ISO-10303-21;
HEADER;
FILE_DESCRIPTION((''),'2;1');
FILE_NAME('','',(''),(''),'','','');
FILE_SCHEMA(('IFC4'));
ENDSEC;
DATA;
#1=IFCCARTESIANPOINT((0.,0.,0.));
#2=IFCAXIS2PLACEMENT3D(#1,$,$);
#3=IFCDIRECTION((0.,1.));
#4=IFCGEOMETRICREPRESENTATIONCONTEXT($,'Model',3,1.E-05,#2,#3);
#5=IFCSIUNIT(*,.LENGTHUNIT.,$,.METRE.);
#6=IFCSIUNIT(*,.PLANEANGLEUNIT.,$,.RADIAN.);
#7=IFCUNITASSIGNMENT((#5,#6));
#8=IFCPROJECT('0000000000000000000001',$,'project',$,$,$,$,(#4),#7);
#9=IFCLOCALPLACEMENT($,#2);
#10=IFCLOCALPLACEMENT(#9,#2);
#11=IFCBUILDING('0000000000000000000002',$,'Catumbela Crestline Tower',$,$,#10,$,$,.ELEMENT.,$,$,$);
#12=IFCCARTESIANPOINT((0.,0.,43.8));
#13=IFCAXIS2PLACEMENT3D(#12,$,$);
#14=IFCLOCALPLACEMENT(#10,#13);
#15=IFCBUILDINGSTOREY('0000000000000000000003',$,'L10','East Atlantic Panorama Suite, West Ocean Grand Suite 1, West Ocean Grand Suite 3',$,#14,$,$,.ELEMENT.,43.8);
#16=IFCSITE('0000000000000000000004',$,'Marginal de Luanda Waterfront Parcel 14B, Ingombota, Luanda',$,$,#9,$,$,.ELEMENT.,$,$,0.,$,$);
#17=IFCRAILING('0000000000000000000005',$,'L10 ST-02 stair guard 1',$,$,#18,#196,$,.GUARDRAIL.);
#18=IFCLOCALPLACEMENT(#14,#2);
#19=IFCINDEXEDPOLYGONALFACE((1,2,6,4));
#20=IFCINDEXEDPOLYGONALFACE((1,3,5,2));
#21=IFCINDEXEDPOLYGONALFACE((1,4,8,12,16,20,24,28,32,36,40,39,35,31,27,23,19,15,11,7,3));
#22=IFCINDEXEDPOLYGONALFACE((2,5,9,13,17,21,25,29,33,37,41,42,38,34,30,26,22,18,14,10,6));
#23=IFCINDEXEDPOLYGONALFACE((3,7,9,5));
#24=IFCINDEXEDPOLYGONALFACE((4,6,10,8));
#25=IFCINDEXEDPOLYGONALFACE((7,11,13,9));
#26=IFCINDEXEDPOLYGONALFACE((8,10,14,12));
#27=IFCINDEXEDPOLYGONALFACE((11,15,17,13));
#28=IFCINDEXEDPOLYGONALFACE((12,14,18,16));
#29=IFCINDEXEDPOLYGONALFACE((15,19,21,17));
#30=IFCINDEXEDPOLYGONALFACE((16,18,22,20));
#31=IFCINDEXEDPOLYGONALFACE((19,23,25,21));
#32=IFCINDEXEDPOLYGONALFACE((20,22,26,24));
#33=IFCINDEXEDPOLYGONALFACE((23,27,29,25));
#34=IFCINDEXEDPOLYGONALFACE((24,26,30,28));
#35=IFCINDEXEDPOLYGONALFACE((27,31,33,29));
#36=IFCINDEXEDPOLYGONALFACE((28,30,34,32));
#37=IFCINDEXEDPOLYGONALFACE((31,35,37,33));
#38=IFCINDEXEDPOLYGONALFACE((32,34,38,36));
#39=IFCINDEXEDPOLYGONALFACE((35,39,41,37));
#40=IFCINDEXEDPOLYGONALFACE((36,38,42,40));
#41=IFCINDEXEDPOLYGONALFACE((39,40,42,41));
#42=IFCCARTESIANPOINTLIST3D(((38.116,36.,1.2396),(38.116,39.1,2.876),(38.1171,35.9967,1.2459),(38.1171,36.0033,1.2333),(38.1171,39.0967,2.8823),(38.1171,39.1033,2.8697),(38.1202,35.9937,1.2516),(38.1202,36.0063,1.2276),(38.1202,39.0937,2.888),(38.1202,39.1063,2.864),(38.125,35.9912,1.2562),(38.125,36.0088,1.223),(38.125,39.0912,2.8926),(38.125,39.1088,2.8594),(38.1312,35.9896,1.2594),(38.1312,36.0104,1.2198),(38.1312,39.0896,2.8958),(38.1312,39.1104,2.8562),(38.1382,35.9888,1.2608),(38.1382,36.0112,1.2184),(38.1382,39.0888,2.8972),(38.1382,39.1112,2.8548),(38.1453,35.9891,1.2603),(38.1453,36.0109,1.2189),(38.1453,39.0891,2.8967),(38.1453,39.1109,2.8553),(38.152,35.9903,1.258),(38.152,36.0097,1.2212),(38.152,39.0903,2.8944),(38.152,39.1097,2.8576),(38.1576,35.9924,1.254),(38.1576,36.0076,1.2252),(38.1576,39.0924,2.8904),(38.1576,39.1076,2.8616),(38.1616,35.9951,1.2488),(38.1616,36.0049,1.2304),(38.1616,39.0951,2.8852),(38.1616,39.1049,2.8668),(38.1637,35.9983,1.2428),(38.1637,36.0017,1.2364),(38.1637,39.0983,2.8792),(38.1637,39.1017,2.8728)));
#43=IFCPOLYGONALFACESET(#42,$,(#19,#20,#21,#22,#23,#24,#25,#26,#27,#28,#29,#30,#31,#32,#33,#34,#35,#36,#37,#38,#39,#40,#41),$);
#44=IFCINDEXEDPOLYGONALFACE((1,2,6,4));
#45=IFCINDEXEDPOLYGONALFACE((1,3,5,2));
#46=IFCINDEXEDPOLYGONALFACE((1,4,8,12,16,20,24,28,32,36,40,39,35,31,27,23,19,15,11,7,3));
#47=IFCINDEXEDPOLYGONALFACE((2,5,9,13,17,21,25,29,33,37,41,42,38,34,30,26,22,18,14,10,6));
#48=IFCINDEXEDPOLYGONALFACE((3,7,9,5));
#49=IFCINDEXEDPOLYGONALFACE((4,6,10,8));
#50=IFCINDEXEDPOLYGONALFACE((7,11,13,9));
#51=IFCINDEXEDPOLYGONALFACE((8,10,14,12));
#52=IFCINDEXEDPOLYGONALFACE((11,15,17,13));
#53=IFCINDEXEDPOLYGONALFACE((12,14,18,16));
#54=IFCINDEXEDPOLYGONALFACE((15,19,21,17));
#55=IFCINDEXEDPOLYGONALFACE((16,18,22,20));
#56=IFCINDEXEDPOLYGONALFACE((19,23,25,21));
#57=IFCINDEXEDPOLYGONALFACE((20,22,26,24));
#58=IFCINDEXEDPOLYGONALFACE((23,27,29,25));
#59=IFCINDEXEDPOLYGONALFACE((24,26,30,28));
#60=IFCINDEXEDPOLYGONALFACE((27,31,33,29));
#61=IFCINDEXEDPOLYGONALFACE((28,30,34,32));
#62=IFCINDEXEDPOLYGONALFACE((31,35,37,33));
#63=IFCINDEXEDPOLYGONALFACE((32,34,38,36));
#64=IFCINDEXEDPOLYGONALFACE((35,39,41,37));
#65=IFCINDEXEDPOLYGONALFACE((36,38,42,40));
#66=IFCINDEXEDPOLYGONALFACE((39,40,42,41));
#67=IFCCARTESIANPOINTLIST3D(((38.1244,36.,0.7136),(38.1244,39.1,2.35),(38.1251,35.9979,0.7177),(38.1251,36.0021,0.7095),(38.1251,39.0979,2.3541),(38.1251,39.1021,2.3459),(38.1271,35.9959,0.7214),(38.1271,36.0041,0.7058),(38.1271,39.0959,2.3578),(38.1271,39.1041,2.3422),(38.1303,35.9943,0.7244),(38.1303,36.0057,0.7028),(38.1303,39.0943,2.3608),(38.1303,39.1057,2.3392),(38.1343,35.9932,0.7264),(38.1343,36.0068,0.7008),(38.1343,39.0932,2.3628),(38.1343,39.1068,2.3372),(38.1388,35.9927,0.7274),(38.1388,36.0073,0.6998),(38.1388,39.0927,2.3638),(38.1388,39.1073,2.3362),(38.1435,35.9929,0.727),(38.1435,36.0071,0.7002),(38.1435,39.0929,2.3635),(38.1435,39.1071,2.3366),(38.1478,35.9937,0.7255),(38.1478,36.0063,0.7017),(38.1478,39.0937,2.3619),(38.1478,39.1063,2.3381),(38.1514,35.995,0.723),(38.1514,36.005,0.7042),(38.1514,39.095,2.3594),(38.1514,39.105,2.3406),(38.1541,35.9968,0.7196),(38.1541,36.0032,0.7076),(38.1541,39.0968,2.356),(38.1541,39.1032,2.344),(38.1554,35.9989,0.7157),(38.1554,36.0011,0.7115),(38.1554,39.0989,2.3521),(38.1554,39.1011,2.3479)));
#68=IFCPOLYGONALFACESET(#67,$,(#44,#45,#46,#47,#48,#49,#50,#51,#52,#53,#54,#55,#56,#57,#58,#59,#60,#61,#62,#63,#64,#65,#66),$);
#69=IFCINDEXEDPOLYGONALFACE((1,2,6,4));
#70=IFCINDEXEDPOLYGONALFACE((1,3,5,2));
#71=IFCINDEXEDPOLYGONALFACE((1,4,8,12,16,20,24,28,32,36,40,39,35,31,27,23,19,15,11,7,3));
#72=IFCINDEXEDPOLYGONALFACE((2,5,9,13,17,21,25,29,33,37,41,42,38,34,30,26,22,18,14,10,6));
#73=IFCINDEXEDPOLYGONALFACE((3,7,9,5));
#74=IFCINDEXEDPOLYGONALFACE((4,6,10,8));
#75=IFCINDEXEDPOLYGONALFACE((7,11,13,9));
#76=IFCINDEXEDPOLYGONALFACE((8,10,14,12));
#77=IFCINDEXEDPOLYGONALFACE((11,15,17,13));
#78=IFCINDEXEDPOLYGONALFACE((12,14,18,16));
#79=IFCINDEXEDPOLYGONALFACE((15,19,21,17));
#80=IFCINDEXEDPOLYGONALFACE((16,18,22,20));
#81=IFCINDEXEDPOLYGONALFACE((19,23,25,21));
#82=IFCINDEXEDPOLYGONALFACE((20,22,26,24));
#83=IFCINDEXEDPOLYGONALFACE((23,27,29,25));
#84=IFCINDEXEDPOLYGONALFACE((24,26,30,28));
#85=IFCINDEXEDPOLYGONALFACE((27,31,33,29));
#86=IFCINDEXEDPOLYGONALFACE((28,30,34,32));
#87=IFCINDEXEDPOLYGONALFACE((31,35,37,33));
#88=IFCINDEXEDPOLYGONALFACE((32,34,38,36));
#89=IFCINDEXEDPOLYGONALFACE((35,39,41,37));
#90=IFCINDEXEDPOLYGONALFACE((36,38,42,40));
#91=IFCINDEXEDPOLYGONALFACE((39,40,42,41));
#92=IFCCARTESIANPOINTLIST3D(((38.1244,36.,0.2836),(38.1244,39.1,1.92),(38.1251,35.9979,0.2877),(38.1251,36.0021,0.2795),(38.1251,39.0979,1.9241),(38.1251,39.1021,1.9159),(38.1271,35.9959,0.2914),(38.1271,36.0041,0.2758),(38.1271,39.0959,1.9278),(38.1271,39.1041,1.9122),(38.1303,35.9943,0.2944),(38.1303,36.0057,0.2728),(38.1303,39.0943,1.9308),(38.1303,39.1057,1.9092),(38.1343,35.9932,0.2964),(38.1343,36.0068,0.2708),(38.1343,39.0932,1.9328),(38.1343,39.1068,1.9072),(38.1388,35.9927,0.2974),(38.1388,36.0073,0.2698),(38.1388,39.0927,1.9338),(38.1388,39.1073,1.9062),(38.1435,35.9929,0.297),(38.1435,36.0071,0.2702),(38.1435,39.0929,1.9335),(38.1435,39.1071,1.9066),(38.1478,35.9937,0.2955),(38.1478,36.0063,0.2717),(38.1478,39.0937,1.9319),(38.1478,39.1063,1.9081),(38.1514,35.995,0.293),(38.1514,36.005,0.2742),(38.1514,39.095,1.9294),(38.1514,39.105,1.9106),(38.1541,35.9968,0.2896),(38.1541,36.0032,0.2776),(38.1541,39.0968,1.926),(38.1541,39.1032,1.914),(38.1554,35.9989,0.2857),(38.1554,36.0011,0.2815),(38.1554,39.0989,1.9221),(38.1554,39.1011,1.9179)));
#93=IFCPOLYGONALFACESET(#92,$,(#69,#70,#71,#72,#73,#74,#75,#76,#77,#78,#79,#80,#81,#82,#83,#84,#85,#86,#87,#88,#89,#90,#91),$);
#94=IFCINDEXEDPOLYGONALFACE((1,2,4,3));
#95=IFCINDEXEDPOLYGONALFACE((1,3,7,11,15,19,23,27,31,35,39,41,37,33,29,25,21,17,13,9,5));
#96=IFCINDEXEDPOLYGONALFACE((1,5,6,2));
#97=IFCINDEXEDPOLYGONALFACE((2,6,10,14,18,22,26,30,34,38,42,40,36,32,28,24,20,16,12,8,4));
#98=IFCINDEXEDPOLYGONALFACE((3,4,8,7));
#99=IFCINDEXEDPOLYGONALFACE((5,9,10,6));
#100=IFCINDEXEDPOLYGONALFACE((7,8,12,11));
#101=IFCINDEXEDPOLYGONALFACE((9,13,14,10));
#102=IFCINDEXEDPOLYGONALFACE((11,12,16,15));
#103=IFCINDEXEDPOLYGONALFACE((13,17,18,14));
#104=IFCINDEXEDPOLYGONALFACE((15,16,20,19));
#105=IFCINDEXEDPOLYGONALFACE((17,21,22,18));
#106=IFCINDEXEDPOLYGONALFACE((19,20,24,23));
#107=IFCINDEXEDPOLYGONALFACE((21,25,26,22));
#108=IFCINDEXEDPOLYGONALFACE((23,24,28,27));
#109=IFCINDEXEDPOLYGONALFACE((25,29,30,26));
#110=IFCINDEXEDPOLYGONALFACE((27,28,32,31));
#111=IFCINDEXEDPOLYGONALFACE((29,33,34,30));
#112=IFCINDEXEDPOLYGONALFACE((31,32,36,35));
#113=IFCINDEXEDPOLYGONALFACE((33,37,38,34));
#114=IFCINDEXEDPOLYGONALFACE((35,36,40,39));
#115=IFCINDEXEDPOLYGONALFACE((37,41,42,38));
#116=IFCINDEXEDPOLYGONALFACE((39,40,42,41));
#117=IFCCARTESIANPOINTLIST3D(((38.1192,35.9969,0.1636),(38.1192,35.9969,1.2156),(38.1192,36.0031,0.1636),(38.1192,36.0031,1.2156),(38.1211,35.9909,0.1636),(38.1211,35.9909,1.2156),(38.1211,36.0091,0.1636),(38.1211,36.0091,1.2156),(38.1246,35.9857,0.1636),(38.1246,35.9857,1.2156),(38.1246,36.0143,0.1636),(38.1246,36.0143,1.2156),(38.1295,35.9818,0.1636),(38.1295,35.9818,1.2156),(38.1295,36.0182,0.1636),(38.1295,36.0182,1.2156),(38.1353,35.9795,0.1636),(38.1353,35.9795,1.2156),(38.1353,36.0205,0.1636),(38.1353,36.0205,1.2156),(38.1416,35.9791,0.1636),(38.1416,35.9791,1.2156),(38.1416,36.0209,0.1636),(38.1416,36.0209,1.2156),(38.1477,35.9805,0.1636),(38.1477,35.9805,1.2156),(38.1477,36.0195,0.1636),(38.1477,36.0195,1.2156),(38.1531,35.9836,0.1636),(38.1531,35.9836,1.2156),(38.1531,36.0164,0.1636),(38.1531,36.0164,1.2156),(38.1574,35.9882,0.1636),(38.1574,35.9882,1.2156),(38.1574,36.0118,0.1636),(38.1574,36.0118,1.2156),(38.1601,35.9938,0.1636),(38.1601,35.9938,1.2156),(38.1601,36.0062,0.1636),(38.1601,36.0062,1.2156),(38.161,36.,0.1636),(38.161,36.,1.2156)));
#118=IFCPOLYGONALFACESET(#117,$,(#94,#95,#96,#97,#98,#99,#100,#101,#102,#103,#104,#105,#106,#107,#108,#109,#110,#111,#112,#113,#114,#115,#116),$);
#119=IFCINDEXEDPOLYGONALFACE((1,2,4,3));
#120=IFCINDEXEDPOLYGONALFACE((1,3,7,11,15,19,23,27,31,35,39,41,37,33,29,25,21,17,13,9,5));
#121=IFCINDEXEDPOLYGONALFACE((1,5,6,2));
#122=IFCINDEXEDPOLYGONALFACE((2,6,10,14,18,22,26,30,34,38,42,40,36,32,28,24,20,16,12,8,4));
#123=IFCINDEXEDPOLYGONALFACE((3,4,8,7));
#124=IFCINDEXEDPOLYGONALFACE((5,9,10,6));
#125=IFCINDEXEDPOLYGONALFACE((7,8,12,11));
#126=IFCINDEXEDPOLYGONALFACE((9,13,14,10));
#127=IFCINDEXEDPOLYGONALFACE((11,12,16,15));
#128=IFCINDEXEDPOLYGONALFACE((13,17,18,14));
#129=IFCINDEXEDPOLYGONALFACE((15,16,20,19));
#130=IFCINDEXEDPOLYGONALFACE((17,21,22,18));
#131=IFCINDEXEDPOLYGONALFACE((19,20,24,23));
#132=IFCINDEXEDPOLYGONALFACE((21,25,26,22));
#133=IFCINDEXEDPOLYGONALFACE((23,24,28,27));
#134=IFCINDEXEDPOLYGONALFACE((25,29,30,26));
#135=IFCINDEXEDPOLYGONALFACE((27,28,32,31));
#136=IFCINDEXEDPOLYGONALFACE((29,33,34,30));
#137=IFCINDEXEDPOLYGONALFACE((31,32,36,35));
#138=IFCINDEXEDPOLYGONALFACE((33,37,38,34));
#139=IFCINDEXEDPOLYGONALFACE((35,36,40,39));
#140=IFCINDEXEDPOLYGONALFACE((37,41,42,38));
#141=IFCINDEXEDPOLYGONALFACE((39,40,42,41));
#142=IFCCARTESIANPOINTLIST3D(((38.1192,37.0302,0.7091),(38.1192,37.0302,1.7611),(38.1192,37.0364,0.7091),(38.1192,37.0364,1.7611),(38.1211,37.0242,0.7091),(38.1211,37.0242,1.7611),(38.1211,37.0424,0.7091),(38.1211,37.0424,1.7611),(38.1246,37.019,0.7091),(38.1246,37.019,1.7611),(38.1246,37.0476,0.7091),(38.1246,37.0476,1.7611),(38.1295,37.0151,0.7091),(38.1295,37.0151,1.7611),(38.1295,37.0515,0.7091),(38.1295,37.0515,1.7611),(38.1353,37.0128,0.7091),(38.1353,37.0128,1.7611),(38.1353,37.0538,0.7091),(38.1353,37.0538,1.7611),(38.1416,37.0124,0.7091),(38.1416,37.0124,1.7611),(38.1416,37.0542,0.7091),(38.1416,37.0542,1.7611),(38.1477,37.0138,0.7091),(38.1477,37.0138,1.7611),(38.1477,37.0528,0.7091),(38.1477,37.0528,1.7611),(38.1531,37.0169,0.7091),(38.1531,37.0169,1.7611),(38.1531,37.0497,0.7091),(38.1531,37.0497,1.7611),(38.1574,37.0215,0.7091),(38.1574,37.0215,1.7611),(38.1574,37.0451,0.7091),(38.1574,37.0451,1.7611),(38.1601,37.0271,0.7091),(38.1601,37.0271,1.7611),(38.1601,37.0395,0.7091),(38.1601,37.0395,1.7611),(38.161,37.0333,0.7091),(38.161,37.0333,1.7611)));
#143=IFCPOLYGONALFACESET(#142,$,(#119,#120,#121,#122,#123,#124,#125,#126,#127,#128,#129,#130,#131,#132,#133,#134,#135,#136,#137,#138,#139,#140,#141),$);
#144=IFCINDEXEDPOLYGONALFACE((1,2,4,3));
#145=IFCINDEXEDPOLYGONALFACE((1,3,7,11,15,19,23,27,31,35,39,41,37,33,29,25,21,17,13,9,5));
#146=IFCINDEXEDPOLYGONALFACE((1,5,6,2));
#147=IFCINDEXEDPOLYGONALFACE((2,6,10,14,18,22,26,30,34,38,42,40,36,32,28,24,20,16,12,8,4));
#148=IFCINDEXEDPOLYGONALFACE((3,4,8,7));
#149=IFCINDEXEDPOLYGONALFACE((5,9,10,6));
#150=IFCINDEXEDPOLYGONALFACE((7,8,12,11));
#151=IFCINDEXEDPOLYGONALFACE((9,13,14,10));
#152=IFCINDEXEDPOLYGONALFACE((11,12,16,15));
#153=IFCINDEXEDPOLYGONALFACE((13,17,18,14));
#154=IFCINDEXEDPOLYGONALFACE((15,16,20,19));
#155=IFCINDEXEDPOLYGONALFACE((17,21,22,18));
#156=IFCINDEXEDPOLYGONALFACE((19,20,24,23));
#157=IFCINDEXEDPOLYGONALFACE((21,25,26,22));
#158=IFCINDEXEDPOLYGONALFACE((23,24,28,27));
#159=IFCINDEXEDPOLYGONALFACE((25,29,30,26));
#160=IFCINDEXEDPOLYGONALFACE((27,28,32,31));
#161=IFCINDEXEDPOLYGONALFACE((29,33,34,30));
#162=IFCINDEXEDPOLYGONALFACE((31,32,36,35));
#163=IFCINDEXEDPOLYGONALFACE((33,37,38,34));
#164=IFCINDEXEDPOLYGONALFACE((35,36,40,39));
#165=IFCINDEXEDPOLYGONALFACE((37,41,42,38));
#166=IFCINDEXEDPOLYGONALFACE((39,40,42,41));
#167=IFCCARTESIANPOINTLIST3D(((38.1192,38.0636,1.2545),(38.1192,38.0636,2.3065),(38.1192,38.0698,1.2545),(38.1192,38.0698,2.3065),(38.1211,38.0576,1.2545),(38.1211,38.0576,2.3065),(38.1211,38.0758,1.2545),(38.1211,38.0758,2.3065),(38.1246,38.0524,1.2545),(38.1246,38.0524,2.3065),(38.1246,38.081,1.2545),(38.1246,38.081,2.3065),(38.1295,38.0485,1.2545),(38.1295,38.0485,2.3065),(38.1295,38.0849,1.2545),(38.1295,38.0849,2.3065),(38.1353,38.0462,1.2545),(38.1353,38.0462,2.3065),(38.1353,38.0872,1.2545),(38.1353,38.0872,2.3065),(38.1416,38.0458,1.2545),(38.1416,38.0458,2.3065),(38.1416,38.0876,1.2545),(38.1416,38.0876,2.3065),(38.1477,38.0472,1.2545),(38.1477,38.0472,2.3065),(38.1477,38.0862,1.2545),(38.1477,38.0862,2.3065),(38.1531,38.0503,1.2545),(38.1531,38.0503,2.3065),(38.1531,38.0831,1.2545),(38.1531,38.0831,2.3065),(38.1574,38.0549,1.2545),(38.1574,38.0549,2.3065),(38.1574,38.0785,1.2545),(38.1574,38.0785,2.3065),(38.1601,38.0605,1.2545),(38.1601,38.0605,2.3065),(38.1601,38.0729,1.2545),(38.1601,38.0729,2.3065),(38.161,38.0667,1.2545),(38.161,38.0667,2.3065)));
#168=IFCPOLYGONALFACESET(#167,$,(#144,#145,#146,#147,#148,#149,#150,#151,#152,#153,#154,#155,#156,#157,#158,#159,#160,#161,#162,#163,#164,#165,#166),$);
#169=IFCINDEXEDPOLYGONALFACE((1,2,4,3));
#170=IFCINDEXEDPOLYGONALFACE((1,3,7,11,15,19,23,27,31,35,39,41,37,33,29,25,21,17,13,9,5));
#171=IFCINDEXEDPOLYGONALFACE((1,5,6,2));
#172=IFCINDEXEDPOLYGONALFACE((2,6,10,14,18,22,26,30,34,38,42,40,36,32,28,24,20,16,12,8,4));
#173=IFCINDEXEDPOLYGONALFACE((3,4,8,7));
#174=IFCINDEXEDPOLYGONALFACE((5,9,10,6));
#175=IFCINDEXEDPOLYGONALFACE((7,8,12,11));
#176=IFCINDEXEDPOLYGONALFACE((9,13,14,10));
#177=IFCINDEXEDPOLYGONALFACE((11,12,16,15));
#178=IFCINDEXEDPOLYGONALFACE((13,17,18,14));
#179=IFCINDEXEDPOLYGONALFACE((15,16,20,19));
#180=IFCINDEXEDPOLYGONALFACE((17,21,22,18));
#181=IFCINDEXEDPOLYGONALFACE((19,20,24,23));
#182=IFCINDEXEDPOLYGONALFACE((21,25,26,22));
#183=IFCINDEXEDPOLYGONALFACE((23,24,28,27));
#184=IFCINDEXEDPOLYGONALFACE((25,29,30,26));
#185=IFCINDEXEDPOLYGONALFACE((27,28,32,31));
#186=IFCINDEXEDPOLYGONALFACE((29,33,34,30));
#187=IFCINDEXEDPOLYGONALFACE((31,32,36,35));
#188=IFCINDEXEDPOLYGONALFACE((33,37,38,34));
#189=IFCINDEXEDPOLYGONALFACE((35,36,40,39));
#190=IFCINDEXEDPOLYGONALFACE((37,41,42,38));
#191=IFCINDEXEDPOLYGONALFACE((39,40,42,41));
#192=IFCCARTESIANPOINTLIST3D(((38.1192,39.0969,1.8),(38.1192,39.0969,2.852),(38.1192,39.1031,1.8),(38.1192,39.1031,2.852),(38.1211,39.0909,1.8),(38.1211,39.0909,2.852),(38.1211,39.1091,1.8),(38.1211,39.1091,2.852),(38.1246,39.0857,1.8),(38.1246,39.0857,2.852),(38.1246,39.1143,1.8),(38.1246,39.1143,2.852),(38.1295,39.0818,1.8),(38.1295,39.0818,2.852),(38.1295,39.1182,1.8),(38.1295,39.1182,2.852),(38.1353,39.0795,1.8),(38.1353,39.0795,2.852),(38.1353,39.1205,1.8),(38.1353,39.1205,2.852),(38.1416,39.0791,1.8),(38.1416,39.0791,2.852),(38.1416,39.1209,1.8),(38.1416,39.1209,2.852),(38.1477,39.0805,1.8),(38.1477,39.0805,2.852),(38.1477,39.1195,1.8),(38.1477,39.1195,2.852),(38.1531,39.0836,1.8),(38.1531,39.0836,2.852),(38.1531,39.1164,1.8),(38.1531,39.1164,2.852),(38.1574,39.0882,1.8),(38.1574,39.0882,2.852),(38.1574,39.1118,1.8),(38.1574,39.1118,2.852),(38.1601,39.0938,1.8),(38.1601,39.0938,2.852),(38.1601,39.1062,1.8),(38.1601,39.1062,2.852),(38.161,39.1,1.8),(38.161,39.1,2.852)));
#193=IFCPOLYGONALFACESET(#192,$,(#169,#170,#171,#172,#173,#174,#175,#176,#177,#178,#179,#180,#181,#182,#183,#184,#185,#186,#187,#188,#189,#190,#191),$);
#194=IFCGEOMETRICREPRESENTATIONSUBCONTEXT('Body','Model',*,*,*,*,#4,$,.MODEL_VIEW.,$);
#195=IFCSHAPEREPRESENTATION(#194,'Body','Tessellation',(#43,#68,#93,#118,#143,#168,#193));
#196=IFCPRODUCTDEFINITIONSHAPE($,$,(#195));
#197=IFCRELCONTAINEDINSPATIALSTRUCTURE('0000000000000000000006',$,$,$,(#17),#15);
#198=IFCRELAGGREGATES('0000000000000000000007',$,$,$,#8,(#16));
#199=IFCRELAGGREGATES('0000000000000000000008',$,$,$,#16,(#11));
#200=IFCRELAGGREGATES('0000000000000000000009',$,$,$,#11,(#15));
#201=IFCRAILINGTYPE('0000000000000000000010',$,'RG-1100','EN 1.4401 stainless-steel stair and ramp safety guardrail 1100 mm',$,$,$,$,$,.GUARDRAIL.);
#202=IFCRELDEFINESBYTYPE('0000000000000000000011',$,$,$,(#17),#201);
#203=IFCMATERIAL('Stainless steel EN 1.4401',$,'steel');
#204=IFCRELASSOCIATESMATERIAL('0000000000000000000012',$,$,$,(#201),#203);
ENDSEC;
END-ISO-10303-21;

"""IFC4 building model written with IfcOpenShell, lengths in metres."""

from ifc_helpers import new_model, si_unit, direction, frame, origin, origin_2d, place, context, subcontext, project, spatial, circle, extrude, material, type_object, element, save


model = new_model("IFC4")

# Units and contexts
model_context = context("Model", 3, precision=1e-05, world=origin(), true_north=direction((0.0, 1.0)))
body_context = subcontext(model_context, "Body", "Model", "MODEL_VIEW")
ifc_project = project(units=[si_unit("LENGTHUNIT", "METRE"), si_unit("PLANEANGLEUNIT", "RADIAN")], contexts=[model_context])

# Site, building, storey
site_placement = place(None, origin())
site = spatial("IfcSite", under=ifc_project, at=site_placement, Name="Marginal de Luanda Waterfront Parcel 14B, Ingombota, Luanda", CompositionType="ELEMENT", RefElevation=0.0)
building_placement = place(site_placement, origin())
building = spatial("IfcBuilding", under=site, at=building_placement, Name="Catumbela Crestline Tower", CompositionType="ELEMENT")
storey_placement = place(building_placement, frame((0.0, 0.0, 43.8)))
storey = spatial("IfcBuildingStorey", under=building, at=storey_placement, Name="L10", Description="East Atlantic Panorama Suite, West Ocean Grand Suite 1, West Ocean Grand Suite 3", CompositionType="ELEMENT", Elevation=43.8)

# Shared definitions
ifc_material_1 = material(Name="Stainless steel EN 1.4401", Category="steel")

# Railing
railing_type_1 = type_object("IfcRailingType", Name="RG-1100", Description="EN 1.4401 stainless-steel stair and ramp safety guardrail 1100 mm", PredefinedType="GUARDRAIL", material=ifc_material_1)
railing_1_placement = place(storey_placement, frame((38.14, 36.0, 0.1636)))
element("IfcRailing", 1, at=railing_1_placement, inside=storey, type_object=railing_type_1, Name="L10 ST-02 stair guard 1", PredefinedType="GUARDRAIL", context=body_context, shape_type="SweptSolid", body=[
    extrude(circle(Radius=0.024, at=origin_2d()), frame((0.0, 0.0, 1.076), z_axis=(0.0, 0.884351, 0.466823), x_axis=(-1.0, 0.0, 0.0)), (0.0, 0.0, 1.0), 3.5054),
    extrude(circle(Radius=0.0156, at=origin_2d()), frame((0.0, 0.0, 0.55), z_axis=(0.0, 0.884351, 0.466823), x_axis=(-1.0, 0.0, 0.0)), (0.0, 0.0, 1.0), 3.5054),
    extrude(circle(Radius=0.0156, at=origin_2d()), frame((0.0, 0.0, 0.12), z_axis=(0.0, 0.884351, 0.466823), x_axis=(-1.0, 0.0, 0.0)), (0.0, 0.0, 1.0), 3.5054),
    extrude(circle(Radius=0.021, at=origin_2d()), origin(), (0.0, 0.0, 1.0), 1.052),
    extrude(circle(Radius=0.021, at=origin_2d()), frame((0.0, 1.0333, 0.5455)), (0.0, 0.0, 1.0), 1.052),
    extrude(circle(Radius=0.021, at=origin_2d()), frame((0.0, 2.0667, 1.0909)), (0.0, 0.0, 1.0), 1.052),
    extrude(circle(Radius=0.021, at=origin_2d()), frame((0.0, 3.1, 1.6364)), (0.0, 0.0, 1.0), 1.052),
])

save(model, "model.ifc")
